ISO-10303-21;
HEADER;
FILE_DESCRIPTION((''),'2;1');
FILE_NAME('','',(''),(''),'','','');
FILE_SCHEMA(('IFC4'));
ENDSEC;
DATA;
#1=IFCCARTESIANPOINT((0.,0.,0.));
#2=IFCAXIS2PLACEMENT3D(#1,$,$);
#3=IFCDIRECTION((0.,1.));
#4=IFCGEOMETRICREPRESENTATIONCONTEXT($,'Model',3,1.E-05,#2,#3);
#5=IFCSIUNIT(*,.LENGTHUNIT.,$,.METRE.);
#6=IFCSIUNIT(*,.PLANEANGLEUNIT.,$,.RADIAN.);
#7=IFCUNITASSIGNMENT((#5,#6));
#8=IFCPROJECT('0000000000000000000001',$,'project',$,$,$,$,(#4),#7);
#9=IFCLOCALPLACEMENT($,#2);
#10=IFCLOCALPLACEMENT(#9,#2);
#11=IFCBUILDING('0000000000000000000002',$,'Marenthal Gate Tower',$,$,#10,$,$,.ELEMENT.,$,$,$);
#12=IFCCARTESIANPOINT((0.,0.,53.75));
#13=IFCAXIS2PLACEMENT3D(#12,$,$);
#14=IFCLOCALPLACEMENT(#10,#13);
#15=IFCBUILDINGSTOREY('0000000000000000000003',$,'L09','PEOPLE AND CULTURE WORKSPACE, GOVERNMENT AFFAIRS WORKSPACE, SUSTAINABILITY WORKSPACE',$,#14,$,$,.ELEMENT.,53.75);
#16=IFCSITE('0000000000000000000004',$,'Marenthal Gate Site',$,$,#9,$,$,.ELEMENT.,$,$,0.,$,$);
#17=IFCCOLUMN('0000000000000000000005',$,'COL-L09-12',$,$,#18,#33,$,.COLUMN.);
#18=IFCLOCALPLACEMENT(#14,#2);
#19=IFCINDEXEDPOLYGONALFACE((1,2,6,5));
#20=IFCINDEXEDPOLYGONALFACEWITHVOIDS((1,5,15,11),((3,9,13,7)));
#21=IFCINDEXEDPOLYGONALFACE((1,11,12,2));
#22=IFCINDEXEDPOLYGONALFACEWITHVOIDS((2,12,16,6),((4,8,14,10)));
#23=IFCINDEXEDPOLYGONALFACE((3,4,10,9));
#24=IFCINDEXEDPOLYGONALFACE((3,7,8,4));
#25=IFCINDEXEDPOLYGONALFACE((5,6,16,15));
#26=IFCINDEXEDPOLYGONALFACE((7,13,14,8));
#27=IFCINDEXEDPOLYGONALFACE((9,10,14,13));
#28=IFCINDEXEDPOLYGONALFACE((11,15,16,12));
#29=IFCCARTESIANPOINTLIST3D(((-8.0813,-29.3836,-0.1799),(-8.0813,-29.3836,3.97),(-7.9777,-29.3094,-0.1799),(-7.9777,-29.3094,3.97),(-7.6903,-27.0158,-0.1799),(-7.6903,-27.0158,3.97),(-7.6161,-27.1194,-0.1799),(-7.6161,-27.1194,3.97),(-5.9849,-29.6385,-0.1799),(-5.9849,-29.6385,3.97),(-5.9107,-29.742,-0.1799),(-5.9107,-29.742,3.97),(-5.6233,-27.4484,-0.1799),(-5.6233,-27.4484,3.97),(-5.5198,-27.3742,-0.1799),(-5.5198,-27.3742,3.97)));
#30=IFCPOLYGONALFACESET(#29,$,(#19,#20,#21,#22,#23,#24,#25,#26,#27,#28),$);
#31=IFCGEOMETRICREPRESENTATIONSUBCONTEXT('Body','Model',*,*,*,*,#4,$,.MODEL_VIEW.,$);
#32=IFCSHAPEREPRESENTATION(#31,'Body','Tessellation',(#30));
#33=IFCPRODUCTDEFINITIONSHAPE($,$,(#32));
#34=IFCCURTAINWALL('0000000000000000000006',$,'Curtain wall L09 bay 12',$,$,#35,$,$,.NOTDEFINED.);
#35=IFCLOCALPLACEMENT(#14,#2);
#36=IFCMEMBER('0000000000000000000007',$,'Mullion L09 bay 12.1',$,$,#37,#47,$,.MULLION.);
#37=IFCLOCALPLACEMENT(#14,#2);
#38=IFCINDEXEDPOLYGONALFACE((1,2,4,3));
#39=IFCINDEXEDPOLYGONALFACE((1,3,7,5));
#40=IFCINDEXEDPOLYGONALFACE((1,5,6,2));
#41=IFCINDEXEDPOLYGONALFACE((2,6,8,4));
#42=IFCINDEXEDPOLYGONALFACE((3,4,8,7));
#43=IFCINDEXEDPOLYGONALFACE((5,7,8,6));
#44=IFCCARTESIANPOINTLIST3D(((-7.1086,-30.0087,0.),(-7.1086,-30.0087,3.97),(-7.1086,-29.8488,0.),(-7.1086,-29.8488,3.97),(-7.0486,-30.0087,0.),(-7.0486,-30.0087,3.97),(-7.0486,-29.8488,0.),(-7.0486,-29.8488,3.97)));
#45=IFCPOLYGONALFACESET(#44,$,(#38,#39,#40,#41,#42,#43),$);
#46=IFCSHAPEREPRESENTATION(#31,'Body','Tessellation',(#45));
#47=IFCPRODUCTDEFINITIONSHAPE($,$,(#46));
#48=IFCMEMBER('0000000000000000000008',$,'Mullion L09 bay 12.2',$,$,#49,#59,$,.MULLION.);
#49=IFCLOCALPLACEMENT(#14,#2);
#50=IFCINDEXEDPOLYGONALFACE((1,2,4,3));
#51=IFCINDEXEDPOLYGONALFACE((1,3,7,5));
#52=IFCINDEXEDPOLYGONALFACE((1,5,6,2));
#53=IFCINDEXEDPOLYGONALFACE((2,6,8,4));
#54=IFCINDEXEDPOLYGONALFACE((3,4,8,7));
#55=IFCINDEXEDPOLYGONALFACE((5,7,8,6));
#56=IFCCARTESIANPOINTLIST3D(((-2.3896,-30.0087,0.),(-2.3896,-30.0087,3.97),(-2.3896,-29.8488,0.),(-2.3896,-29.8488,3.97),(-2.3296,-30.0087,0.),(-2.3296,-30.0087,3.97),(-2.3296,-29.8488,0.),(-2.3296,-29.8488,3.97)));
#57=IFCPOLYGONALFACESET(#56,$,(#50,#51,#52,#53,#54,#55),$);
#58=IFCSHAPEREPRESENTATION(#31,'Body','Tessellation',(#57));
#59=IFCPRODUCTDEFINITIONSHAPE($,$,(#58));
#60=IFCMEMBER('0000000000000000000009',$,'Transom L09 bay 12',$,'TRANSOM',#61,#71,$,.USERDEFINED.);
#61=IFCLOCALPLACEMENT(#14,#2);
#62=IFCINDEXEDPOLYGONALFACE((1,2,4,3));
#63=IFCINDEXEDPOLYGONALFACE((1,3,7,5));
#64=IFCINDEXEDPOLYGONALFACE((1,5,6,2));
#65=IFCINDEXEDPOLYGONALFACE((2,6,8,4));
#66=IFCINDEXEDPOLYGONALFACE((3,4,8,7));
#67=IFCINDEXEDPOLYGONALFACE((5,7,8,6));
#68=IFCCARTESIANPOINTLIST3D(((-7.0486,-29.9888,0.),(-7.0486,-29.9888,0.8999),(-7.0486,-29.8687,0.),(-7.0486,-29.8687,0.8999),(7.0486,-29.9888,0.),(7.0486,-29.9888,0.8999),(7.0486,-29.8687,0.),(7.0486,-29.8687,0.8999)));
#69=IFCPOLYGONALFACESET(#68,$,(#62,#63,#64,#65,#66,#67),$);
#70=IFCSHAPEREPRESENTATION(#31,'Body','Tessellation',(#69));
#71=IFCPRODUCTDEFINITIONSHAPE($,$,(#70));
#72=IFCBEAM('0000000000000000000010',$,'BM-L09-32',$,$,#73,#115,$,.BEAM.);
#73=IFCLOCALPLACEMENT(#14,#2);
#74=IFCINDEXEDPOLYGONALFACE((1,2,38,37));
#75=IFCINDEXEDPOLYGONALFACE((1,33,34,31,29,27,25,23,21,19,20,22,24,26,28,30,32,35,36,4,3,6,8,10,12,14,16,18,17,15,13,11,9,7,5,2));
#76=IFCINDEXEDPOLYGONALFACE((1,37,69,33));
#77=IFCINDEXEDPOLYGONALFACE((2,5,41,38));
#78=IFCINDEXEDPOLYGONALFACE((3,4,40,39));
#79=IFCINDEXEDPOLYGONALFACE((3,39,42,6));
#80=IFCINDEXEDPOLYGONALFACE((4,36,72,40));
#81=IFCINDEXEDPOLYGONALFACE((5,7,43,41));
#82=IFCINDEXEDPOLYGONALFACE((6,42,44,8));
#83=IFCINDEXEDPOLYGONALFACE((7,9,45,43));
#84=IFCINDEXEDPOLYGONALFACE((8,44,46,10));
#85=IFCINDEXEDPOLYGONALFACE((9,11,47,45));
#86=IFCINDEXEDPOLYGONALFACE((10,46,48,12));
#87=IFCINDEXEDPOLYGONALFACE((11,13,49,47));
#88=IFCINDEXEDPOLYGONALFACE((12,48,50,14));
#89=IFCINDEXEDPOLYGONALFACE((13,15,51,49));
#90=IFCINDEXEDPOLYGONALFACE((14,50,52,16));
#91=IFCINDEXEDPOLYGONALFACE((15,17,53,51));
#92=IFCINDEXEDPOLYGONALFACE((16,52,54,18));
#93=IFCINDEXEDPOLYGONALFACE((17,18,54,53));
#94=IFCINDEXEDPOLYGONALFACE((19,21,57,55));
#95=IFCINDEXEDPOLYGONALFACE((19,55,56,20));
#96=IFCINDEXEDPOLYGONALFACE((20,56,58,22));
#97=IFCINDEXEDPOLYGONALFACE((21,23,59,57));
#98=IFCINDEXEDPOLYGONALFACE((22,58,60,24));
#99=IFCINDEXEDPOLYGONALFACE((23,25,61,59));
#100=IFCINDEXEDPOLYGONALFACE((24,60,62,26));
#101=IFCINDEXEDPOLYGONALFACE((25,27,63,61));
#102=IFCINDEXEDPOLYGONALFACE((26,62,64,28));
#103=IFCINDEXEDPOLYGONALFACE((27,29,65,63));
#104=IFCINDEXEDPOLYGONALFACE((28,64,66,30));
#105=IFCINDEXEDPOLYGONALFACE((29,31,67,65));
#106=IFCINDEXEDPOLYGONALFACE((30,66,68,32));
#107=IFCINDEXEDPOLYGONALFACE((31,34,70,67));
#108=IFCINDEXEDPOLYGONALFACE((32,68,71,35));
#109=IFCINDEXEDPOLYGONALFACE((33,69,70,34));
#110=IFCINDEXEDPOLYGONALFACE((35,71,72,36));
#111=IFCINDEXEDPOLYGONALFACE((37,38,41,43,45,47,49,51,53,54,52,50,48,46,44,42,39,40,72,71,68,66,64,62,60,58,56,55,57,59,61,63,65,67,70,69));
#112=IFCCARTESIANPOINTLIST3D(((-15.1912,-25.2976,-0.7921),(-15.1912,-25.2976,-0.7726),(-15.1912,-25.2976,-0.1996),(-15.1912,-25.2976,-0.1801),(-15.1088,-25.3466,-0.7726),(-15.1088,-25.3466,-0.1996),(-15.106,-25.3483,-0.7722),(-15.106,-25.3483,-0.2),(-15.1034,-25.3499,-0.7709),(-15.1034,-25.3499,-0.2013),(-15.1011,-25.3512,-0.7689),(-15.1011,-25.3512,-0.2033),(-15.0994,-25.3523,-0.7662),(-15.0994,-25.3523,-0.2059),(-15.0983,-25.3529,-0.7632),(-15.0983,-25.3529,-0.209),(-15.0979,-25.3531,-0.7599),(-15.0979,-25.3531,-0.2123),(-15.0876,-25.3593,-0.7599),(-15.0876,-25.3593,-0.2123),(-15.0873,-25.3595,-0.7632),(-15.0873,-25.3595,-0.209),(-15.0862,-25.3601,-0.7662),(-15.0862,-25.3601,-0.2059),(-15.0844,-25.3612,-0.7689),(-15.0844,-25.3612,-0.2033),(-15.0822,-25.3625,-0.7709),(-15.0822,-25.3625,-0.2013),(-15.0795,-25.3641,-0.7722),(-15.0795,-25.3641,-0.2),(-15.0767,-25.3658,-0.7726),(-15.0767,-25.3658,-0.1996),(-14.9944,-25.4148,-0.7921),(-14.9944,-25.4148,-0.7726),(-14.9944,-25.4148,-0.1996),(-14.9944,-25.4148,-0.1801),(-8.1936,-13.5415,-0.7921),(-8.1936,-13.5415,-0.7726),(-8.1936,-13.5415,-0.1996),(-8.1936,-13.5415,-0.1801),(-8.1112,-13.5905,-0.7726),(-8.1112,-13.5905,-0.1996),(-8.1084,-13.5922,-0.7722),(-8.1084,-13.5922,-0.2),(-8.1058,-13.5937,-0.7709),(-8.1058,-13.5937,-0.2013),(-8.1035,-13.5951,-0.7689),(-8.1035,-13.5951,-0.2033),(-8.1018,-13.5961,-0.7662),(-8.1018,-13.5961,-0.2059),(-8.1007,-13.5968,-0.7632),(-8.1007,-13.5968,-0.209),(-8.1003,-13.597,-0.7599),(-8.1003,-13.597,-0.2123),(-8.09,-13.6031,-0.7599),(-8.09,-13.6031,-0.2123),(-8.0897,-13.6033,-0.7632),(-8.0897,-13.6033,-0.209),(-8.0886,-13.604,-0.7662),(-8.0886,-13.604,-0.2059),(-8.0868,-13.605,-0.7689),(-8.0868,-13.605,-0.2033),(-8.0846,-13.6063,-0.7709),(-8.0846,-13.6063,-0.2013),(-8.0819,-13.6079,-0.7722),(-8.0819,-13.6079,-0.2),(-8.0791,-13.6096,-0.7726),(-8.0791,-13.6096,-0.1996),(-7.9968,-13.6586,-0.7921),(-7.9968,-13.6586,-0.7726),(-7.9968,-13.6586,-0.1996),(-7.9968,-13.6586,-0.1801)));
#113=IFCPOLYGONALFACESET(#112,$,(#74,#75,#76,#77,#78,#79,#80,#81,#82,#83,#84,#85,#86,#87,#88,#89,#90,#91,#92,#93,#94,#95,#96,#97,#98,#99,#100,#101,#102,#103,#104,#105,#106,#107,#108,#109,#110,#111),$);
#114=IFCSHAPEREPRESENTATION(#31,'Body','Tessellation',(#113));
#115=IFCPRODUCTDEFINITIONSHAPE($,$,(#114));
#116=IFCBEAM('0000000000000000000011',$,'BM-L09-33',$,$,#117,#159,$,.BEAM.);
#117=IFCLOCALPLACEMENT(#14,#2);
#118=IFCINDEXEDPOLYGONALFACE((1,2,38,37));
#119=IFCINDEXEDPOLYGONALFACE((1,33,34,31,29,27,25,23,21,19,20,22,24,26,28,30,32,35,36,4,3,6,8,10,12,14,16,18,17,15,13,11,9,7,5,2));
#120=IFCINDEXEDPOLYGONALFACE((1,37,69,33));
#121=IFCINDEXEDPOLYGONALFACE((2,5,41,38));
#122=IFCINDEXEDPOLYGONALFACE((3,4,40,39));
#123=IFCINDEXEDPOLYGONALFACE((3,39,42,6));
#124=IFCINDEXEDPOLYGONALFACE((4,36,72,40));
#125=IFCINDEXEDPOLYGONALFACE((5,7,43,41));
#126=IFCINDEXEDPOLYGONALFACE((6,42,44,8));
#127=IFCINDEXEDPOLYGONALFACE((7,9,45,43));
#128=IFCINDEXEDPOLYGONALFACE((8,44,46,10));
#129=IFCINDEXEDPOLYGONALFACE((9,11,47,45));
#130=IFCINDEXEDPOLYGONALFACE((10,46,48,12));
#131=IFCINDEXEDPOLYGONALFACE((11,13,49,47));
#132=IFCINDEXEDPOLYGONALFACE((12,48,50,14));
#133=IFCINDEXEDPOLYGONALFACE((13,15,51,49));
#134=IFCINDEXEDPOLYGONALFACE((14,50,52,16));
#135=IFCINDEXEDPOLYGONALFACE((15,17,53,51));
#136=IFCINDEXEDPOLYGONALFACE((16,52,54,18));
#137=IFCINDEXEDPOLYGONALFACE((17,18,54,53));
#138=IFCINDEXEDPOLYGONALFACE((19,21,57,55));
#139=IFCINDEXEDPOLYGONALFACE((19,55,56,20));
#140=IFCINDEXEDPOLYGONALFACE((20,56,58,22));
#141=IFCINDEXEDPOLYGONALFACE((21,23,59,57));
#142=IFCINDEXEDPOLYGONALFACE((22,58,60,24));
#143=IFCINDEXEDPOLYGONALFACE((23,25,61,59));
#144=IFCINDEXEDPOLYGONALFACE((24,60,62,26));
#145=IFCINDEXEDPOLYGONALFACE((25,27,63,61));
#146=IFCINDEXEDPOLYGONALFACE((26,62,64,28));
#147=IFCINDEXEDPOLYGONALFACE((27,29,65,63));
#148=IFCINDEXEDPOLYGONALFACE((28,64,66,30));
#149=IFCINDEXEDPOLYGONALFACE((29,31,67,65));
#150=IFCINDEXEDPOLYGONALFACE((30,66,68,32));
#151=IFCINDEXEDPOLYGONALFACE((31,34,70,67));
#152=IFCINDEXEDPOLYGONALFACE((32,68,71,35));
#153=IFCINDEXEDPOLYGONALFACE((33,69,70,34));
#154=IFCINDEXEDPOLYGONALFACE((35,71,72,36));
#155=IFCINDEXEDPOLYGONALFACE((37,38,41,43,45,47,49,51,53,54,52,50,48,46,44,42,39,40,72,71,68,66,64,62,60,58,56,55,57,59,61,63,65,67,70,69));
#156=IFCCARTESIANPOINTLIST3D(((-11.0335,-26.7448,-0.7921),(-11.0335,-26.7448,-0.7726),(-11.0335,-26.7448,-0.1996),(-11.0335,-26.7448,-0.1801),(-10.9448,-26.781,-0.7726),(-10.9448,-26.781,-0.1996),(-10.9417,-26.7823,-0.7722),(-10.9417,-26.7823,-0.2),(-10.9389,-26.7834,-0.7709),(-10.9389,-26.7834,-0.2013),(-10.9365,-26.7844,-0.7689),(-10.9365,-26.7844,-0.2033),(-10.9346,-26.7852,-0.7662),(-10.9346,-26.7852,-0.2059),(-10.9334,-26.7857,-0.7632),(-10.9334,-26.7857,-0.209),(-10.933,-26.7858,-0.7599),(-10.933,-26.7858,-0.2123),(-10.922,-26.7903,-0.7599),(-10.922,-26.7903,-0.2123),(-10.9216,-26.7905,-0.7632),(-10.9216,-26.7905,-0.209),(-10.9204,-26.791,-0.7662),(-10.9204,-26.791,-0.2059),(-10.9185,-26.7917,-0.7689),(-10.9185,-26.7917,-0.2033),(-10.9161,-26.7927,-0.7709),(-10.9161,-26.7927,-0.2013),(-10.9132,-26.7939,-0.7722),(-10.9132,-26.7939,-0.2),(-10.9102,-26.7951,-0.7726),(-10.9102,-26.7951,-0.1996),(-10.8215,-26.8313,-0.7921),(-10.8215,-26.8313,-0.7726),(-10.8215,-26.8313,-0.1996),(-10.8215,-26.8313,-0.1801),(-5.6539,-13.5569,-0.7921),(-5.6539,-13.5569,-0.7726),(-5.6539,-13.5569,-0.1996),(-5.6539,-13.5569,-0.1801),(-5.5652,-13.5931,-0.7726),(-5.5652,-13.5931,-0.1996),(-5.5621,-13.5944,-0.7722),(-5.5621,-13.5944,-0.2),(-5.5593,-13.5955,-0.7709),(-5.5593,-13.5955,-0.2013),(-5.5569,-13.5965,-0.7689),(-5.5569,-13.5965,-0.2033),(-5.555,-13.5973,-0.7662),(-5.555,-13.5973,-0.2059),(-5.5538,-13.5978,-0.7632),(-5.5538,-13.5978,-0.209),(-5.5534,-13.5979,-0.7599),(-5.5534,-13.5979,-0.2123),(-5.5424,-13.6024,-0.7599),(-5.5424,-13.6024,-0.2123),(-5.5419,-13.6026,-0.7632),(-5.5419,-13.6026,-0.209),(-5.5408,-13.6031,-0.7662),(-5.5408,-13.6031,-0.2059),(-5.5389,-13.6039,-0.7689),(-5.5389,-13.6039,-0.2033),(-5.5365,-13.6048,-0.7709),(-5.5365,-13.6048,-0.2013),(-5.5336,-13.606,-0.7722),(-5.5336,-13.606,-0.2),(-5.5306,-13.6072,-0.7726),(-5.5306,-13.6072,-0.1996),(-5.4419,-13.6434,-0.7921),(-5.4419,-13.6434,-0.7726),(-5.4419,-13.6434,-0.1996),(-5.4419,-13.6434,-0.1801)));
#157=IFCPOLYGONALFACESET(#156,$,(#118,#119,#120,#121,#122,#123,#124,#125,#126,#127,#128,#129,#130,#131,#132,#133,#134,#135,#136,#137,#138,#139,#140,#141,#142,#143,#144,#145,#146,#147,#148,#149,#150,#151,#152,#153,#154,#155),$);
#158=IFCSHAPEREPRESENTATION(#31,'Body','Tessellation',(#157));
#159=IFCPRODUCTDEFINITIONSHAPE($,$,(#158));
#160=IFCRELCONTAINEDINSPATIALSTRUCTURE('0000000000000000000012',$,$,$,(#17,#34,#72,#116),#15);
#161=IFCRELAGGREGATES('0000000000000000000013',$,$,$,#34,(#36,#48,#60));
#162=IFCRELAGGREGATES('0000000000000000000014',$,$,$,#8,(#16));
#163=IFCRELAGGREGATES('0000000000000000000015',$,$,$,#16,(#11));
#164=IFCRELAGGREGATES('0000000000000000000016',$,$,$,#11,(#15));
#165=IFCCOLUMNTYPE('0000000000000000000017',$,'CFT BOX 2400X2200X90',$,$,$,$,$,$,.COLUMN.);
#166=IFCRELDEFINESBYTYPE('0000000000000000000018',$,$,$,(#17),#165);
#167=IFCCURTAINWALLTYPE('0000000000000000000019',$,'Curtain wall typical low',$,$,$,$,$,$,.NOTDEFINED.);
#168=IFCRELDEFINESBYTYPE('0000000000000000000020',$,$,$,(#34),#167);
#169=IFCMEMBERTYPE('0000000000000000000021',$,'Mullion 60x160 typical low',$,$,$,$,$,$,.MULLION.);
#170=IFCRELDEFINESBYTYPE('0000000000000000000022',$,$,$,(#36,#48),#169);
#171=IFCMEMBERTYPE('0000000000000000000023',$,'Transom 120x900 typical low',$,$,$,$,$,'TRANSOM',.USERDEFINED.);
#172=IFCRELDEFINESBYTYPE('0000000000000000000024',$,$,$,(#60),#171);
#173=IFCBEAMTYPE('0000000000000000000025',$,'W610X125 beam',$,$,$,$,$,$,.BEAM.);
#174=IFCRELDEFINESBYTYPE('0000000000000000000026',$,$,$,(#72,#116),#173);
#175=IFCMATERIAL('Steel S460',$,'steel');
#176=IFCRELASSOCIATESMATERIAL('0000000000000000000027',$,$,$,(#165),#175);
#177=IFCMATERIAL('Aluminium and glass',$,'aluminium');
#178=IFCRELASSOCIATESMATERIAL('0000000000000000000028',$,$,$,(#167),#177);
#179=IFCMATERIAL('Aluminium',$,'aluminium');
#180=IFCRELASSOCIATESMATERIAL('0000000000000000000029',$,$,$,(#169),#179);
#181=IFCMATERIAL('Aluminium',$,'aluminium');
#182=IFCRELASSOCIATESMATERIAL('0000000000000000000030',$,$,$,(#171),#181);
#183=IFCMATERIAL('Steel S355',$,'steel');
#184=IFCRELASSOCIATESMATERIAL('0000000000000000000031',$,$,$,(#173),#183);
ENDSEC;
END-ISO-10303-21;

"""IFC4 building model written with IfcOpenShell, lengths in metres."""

from ifc_helpers import new_model, si_unit, direction, frame, origin, origin_2d, place, context, subcontext, project, spatial, rectangle, hollow_rectangle, i_section, extrude, material, material_profile, profile_set, type_object, element, aggregate, save


model = new_model("IFC4")

# Units and contexts
model_context = context("Model", 3, precision=1e-05, world=origin(), true_north=direction((0.0, 1.0)))
body_context = subcontext(model_context, "Body", "Model", "MODEL_VIEW")
ifc_project = project(units=[si_unit("LENGTHUNIT", "METRE"), si_unit("PLANEANGLEUNIT", "RADIAN")], contexts=[model_context])

# Site, building, storey
site_placement = place(None, origin())
site = spatial("IfcSite", under=ifc_project, at=site_placement, Name="Marenthal Gate Site", CompositionType="ELEMENT", RefElevation=0.0)
building_placement = place(site_placement, origin())
building = spatial("IfcBuilding", under=site, at=building_placement, Name="Marenthal Gate Tower", CompositionType="ELEMENT")
storey_placement = place(building_placement, frame((0.0, 0.0, 53.75)))
storey = spatial("IfcBuildingStorey", under=building, at=storey_placement, Name="L09", Description="PEOPLE AND CULTURE WORKSPACE, GOVERNMENT AFFAIRS WORKSPACE, SUSTAINABILITY WORKSPACE", CompositionType="ELEMENT", Elevation=53.75)

# Column
ifc_material_1 = material(Name="Steel S460", Category="steel")
ifc_material_profile_1 = material_profile(ifc_material_1, hollow_rectangle(XDim=2.2, YDim=2.3999, WallThickness=0.0901, at=origin_2d()), Name="CFT BOX 2400X2200X90")
ifc_material_2 = material(Name="Concrete 70 MPa", Category="concrete")
ifc_material_profile_2 = material_profile(ifc_material_2, rectangle(XDim=2.02, YDim=2.22, at=origin_2d()), Name="CFT BOX 2400X2200X90 INFILL")
ifc_profile_set_1 = profile_set([ifc_material_profile_1, ifc_material_profile_2], Name="Steel S460 shell, Concrete 70 MPa infill")
column_type = type_object("IfcColumnType", Name="CFT BOX 2400X2200X90", PredefinedType="COLUMN", material=ifc_profile_set_1)
column_placement = place(storey_placement, frame((-6.8005, -28.3789, -0.1799), z_axis=(0.0, 0.0, 1.0), x_axis=(-0.986641, 0.162908, 0.0)))
element("IfcColumn", 1, at=column_placement, inside=storey, type_object=column_type, Name="COL-L09-12", PredefinedType="COLUMN", context=body_context, shape_type="SweptSolid", body=[
    extrude(hollow_rectangle(XDim=2.2, YDim=2.3999, WallThickness=0.0901, at=origin_2d()), origin(), (0.0, 0.0, 1.0), 4.1499),
])

# Curtain wall, members
ifc_material_3 = material(Name="Aluminium and glass", Category="aluminium")
curtain_wall_type = type_object("IfcCurtainWallType", Name="Curtain wall typical low", PredefinedType="NOTDEFINED", material=ifc_material_3)
curtain_wall_placement = place(storey_placement, origin())
curtain_wall = element("IfcCurtainWall", 2, at=curtain_wall_placement, inside=storey, type_object=curtain_wall_type, Name="Curtain wall L09 bay 12", PredefinedType="NOTDEFINED")
ifc_material_4 = material(Name="Aluminium", Category="aluminium")
ifc_material_profile_3 = material_profile(ifc_material_4, rectangle(XDim=0.1599, YDim=0.0601, at=origin_2d()), Name="60x160 aluminium mullion")
ifc_profile_set_2 = profile_set([ifc_material_profile_3], Name="Aluminium")
member_type_1 = type_object("IfcMemberType", Name="Mullion 60x160 typical low", PredefinedType="MULLION", material=ifc_profile_set_2)
member_1_placement = place(storey_placement, frame((-7.0786, -29.9287, 0.0), z_axis=(0.0, 0.0, 1.0), x_axis=(0.0, 1.0, 0.0)))
member_1 = element("IfcMember", 3, at=member_1_placement, type_object=member_type_1, Name="Mullion L09 bay 12.1", PredefinedType="MULLION", context=body_context, shape_type="SweptSolid", body=[
    extrude(rectangle(XDim=0.1599, YDim=0.0601, at=origin_2d()), origin(), (0.0, 0.0, 1.0), 3.97),
])
member_2_placement = place(storey_placement, frame((-2.3596, -29.9287, 0.0), z_axis=(0.0, 0.0, 1.0), x_axis=(0.0, 1.0, 0.0)))
member_2 = element("IfcMember", 4, at=member_2_placement, type_object=member_type_1, Name="Mullion L09 bay 12.2", PredefinedType="MULLION", context=body_context, shape_type="SweptSolid", body=[
    extrude(rectangle(XDim=0.1599, YDim=0.0601, at=origin_2d()), origin(), (0.0, 0.0, 1.0), 3.97),
])
ifc_material_5 = material(Name="Aluminium", Category="aluminium")
ifc_material_profile_4 = material_profile(ifc_material_5, rectangle(XDim=0.1201, YDim=0.8999, at=origin_2d()), Name="120x900 aluminium transom")
ifc_profile_set_3 = profile_set([ifc_material_profile_4], Name="Aluminium")
member_type_2 = type_object("IfcMemberType", Name="Transom 120x900 typical low", ElementType="TRANSOM", PredefinedType="USERDEFINED", material=ifc_profile_set_3)
member_3_placement = place(storey_placement, frame((-7.0486, -29.9287, 0.45), z_axis=(1.0, 0.0, 0.0), x_axis=(0.0, 1.0, 0.0)))
member_3 = element("IfcMember", 5, at=member_3_placement, type_object=member_type_2, Name="Transom L09 bay 12", ObjectType="TRANSOM", PredefinedType="USERDEFINED", context=body_context, shape_type="SweptSolid", body=[
    extrude(rectangle(XDim=0.1201, YDim=0.8999, at=origin_2d()), origin(), (0.0, 0.0, 1.0), 14.0972),
])

# Beams
ifc_material_6 = material(Name="Steel S355", Category="steel")
ifc_material_profile_5 = material_profile(ifc_material_6, i_section(OverallWidth=0.229, OverallDepth=0.6121, WebThickness=0.012, FlangeThickness=0.0195, FilletRadius=0.0127, at=origin_2d()), Name="W610X125")
ifc_profile_set_4 = profile_set([ifc_material_profile_5], Name="Steel S355")
beam_type_1 = type_object("IfcBeamType", Name="W610X125 beam", PredefinedType="BEAM", material=ifc_profile_set_4)
beam_1_placement = place(storey_placement, frame((-15.0928, -25.3562, -0.4861), z_axis=(0.511477, 0.859297, 0.0), x_axis=(-0.859297, 0.511477, 0.0)))
element("IfcBeam", 6, at=beam_1_placement, inside=storey, type_object=beam_type_1, Name="BM-L09-32", PredefinedType="BEAM", context=body_context, shape_type="SweptSolid", body=[
    extrude(i_section(OverallWidth=0.229, OverallDepth=0.6121, WebThickness=0.012, FlangeThickness=0.0195, FilletRadius=0.0127, at=origin_2d()), origin(), (0.0, 0.0, 1.0), 13.6812),
])
beam_2_placement = place(storey_placement, frame((-10.9275, -26.7881, -0.4861), z_axis=(0.377704, 0.925927, 0.0), x_axis=(-0.925927, 0.377704, 0.0)))
element("IfcBeam", 7, at=beam_2_placement, inside=storey, type_object=beam_type_1, Name="BM-L09-33", PredefinedType="BEAM", context=body_context, shape_type="SweptSolid", body=[
    extrude(i_section(OverallWidth=0.229, OverallDepth=0.6121, WebThickness=0.012, FlangeThickness=0.0195, FilletRadius=0.0127, at=origin_2d()), origin(), (0.0, 0.0, 1.0), 14.2429),
])

aggregate(curtain_wall, [member_1, member_2, member_3])

save(model, "model.ifc")
